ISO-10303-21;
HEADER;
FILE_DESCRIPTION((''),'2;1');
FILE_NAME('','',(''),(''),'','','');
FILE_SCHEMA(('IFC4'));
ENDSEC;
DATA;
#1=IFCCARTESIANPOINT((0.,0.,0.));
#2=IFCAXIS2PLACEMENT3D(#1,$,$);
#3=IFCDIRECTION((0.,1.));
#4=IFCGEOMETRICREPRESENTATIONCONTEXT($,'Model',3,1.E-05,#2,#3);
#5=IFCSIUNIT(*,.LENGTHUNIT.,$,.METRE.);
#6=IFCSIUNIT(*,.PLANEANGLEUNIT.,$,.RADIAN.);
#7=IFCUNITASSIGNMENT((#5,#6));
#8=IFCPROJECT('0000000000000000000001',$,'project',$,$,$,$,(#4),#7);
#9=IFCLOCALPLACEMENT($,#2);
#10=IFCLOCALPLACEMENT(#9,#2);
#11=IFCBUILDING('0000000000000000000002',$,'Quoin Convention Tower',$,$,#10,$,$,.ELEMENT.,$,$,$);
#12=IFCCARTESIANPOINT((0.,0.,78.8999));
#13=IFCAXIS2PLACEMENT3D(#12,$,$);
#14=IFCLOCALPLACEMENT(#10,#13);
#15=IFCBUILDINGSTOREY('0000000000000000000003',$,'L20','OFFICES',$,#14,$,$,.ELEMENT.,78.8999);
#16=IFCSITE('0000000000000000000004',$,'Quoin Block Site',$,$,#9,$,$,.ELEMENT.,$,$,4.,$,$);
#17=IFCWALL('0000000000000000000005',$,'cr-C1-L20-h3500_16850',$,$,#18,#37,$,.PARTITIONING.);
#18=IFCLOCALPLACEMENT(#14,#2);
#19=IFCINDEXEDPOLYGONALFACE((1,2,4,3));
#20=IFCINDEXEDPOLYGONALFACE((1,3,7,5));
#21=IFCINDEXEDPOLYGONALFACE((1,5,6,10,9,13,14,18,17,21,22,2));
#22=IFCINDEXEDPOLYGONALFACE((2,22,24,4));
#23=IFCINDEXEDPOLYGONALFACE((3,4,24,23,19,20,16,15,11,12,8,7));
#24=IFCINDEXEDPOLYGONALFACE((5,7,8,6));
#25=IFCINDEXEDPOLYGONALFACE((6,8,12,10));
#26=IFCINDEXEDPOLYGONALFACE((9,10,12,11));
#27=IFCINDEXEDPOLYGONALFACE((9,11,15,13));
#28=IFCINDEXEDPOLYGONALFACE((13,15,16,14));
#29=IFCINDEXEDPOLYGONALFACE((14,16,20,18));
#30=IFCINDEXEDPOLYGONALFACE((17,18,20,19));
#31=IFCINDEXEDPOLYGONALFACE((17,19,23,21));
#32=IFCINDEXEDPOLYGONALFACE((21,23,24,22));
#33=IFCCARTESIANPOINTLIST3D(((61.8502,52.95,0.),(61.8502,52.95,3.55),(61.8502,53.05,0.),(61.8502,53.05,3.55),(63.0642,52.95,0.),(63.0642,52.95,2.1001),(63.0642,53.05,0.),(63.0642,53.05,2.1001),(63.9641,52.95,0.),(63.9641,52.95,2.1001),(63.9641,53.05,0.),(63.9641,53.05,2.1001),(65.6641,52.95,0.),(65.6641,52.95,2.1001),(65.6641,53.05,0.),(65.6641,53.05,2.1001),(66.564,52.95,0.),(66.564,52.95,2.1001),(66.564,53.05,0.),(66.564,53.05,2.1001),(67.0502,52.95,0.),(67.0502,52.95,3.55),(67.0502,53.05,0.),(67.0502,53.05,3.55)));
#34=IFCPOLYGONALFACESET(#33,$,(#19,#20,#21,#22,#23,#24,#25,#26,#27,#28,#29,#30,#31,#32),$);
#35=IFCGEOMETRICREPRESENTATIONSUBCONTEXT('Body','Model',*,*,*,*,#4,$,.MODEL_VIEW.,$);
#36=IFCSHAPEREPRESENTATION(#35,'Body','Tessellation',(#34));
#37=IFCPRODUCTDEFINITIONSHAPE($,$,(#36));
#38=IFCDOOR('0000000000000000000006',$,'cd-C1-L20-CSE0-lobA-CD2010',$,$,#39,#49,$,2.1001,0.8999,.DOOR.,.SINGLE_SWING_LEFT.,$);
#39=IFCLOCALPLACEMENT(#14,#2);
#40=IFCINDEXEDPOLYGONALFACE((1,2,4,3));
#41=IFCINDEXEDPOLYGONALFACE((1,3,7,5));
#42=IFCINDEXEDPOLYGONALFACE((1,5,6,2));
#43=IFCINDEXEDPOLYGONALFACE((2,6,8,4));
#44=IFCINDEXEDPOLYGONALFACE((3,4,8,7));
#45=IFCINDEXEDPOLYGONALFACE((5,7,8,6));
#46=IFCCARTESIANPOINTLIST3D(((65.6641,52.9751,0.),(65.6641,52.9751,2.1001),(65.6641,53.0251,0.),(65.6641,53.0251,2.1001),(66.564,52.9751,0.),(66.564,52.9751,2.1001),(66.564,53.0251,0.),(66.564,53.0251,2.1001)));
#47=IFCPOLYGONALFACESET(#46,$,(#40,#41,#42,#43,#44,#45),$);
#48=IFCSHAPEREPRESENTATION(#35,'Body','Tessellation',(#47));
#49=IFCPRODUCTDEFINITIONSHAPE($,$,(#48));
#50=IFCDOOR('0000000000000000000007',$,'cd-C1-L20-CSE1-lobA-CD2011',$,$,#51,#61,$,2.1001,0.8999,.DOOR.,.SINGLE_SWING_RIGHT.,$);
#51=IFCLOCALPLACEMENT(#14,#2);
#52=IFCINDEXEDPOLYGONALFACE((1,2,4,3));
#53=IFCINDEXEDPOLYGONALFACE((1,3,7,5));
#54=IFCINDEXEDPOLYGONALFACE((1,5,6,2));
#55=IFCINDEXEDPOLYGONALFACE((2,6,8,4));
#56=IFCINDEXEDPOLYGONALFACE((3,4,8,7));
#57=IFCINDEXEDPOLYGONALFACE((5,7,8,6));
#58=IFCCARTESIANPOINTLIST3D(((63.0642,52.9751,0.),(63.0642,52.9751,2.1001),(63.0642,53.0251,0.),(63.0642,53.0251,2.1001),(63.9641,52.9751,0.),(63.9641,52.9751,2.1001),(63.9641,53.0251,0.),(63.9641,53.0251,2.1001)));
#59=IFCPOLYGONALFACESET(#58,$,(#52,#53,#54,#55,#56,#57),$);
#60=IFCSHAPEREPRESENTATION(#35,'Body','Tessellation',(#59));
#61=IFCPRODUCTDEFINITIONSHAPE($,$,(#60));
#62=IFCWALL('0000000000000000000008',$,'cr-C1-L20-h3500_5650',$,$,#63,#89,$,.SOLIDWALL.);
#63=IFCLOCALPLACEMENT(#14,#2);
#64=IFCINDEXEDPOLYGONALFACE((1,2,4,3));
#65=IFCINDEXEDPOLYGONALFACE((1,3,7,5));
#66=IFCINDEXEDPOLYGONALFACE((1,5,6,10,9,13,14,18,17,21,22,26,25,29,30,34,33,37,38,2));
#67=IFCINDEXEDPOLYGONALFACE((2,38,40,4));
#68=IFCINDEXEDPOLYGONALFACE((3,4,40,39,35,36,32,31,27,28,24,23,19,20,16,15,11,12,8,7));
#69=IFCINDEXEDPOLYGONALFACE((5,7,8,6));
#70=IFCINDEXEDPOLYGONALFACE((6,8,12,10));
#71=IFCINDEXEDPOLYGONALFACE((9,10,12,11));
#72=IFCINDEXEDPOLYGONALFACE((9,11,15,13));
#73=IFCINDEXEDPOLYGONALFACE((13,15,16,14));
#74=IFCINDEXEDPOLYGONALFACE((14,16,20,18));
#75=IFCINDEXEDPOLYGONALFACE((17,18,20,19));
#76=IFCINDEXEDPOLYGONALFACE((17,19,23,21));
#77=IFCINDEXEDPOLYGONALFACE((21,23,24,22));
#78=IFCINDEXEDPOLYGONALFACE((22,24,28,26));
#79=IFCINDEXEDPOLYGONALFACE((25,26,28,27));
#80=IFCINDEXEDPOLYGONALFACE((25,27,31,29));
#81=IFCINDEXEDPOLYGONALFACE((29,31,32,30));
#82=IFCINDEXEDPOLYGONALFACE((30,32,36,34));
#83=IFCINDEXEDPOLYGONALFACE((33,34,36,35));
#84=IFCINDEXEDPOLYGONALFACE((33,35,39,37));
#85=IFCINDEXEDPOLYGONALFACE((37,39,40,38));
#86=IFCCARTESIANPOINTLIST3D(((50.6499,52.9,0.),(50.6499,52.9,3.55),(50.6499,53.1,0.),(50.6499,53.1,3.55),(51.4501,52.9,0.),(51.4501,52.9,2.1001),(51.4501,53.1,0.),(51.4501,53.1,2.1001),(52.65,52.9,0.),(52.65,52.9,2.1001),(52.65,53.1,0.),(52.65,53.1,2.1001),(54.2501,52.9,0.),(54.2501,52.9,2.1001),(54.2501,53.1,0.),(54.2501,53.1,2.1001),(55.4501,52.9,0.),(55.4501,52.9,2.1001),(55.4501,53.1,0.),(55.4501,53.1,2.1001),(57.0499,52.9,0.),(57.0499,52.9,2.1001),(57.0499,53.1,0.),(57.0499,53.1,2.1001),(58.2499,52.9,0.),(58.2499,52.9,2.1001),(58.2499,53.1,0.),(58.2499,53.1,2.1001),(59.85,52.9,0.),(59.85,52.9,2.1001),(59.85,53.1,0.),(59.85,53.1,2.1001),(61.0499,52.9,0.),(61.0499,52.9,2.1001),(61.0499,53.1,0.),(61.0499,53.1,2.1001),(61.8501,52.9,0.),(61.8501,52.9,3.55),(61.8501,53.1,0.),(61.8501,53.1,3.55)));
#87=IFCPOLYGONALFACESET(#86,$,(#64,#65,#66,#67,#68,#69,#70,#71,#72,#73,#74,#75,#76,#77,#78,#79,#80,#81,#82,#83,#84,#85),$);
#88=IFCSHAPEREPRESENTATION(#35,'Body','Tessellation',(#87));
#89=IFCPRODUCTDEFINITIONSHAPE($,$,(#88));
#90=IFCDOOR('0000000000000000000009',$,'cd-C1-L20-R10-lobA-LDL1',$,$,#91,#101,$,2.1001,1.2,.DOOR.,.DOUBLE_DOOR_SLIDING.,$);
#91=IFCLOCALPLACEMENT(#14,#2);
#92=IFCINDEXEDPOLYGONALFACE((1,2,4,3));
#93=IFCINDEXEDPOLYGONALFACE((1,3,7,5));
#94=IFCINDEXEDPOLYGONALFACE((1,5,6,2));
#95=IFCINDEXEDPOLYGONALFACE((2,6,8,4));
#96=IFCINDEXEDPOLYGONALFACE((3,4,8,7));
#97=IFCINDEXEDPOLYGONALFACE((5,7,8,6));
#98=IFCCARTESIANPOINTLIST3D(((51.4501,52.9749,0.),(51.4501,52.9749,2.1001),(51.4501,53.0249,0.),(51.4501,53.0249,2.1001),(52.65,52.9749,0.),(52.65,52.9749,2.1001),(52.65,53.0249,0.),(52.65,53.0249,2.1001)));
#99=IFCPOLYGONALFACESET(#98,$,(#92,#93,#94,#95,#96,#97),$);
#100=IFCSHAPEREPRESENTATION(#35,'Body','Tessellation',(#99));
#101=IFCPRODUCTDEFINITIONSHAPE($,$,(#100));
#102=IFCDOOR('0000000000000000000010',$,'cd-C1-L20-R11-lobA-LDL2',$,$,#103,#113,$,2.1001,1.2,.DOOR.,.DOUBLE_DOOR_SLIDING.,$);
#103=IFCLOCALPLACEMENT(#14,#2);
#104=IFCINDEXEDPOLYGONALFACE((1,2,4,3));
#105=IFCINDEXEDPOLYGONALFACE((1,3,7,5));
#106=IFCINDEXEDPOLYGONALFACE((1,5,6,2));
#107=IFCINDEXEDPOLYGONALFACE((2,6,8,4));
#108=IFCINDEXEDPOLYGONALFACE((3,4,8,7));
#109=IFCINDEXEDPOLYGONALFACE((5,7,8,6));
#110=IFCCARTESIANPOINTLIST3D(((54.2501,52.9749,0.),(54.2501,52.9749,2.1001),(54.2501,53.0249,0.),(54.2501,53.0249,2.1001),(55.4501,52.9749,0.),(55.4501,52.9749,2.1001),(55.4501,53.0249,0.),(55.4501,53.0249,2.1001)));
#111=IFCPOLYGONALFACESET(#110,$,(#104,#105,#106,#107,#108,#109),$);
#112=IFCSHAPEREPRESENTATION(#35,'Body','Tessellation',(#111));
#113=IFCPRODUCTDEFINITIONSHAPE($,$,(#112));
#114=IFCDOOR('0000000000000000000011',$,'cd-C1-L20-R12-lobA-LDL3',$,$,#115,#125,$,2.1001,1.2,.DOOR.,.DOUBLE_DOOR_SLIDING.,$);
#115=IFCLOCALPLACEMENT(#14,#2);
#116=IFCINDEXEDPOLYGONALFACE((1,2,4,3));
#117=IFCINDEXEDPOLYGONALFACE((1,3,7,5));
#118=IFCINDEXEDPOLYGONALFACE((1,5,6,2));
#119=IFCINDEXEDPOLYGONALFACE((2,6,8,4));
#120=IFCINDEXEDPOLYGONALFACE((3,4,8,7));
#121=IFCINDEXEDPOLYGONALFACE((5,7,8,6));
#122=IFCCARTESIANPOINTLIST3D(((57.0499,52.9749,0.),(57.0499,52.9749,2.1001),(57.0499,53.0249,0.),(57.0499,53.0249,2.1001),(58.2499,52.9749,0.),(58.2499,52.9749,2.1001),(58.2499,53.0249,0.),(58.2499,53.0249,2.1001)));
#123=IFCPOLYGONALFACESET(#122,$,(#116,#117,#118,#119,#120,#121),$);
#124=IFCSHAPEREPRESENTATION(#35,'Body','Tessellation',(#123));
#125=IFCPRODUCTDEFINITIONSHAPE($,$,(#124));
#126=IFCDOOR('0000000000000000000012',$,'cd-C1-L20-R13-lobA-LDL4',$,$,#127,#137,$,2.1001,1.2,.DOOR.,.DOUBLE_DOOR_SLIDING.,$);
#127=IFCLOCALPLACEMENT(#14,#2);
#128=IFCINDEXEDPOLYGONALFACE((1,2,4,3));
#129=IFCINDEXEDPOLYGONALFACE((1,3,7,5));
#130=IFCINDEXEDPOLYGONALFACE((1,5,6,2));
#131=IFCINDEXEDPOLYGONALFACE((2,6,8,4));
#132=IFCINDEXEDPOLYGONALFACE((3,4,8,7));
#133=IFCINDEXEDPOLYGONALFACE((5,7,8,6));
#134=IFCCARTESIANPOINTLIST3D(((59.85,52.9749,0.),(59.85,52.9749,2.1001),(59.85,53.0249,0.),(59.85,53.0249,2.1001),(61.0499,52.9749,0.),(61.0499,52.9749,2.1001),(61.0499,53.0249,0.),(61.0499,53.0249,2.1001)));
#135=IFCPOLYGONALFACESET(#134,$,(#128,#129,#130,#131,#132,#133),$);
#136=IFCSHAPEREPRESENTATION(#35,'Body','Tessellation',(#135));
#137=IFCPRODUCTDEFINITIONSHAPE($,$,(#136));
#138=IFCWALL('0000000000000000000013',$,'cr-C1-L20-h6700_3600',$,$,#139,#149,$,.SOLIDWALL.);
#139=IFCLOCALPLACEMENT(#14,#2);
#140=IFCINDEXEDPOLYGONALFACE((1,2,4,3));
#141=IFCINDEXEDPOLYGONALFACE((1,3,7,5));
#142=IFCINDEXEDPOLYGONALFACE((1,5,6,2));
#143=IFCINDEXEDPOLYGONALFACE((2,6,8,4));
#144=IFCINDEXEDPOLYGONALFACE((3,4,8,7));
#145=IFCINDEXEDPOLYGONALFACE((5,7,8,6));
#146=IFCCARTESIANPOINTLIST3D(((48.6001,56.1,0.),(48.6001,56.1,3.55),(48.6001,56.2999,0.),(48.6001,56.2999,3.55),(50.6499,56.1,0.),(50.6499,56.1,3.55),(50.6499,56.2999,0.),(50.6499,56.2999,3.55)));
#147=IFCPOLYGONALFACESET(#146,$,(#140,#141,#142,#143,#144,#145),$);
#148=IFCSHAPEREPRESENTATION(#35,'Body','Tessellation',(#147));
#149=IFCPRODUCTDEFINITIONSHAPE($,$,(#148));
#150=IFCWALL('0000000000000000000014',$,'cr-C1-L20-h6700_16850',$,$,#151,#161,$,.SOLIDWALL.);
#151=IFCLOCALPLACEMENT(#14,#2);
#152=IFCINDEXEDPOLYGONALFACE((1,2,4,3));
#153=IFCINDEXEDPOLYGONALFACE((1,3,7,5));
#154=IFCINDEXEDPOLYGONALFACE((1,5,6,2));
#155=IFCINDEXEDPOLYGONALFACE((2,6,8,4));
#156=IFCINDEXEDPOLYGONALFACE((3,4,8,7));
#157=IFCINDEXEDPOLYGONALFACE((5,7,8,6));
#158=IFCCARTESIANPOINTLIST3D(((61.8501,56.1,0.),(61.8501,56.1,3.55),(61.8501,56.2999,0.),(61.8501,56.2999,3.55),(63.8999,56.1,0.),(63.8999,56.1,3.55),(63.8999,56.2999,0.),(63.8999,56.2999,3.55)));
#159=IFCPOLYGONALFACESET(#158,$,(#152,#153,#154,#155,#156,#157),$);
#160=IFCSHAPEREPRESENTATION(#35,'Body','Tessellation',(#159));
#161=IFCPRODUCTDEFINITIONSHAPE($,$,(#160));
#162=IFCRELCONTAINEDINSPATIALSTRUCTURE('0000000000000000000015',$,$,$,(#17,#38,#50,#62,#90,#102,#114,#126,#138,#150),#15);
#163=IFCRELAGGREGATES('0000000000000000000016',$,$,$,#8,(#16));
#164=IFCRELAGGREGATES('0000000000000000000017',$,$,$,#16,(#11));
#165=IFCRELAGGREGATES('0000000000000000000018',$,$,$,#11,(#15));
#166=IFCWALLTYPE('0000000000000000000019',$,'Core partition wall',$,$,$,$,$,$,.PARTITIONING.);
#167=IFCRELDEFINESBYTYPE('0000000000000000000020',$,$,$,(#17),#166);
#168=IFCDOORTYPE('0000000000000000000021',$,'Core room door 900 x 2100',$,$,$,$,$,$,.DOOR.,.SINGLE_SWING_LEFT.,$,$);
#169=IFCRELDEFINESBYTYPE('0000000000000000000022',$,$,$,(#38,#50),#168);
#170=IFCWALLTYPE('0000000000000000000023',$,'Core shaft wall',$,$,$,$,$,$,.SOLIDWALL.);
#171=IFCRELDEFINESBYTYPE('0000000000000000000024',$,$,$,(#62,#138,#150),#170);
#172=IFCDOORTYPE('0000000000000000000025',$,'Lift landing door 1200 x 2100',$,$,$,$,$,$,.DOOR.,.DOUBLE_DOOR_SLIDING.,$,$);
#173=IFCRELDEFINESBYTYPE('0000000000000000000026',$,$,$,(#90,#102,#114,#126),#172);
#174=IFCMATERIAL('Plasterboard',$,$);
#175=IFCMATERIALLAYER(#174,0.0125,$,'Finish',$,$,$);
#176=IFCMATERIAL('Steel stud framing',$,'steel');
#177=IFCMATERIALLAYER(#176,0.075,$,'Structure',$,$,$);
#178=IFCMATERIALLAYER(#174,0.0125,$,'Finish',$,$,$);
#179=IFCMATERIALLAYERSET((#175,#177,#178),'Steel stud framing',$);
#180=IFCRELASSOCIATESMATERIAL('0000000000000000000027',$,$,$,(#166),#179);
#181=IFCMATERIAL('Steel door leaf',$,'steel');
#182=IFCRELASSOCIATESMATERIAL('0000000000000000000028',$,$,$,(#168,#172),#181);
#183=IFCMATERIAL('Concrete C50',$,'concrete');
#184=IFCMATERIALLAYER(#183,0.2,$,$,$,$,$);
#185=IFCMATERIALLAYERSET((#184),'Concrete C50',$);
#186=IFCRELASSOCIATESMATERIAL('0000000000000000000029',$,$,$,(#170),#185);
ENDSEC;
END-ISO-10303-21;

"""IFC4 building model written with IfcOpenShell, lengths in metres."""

from ifc_helpers import new_model, si_unit, direction, frame, frame_2d, origin, place, context, subcontext, project, spatial, rectangle, extrude, material, layer, layer_set, type_object, element, fill, save


model = new_model("IFC4")

# Units and contexts
model_context = context("Model", 3, precision=1e-05, world=origin(), true_north=direction((0.0, 1.0)))
body_context = subcontext(model_context, "Body", "Model", "MODEL_VIEW")
ifc_project = project(units=[si_unit("LENGTHUNIT", "METRE"), si_unit("PLANEANGLEUNIT", "RADIAN")], contexts=[model_context])

# Site, building, storey
site_placement = place(None, origin())
site = spatial("IfcSite", under=ifc_project, at=site_placement, Name="Quoin Block Site", CompositionType="ELEMENT", RefElevation=4.0)
building_placement = place(site_placement, origin())
building = spatial("IfcBuilding", under=site, at=building_placement, Name="Quoin Convention Tower", CompositionType="ELEMENT")
storey_placement = place(building_placement, frame((0.0, 0.0, 78.8999)))
storey = spatial("IfcBuildingStorey", under=building, at=storey_placement, Name="L20", Description="OFFICES", CompositionType="ELEMENT", Elevation=78.8999)

# Walls, openings, doors
ifc_material_1 = material(Name="Plasterboard")
ifc_layer_1 = layer(ifc_material_1, 0.0125, Name="Finish")
ifc_material_2 = material(Name="Steel stud framing", Category="steel")
ifc_layer_2 = layer(ifc_material_2, 0.075, Name="Structure")
ifc_layer_3 = layer(ifc_material_1, 0.0125, Name="Finish")
ifc_layer_set_1 = layer_set([ifc_layer_1, ifc_layer_2, ifc_layer_3], Name="Steel stud framing")
wall_type_1 = type_object("IfcWallType", Name="Core partition wall", PredefinedType="PARTITIONING", material=ifc_layer_set_1)
wall_1_placement = place(storey_placement, frame((61.8501, 53.0, 0.0), z_axis=(0.0, 0.0, 1.0), x_axis=(1.0, 0.0, 0.0)))
wall_1 = element("IfcWall", 1, at=wall_1_placement, inside=storey, type_object=wall_type_1, Name="cr-C1-L20-h3500_16850", PredefinedType="PARTITIONING", context=body_context, shape_type="SweptSolid", body=[
    extrude(rectangle(XDim=5.2, YDim=0.1001, at=frame_2d((2.6001, 0.0))), origin(), (0.0, 0.0, 1.0), 3.55),
])
opening_1_placement = place(wall_1_placement, frame((3.814, 0.0, 0.0)))
opening_1 = element("IfcOpeningElement", 2, at=opening_1_placement, cuts=wall_1, PredefinedType="OPENING", context=body_context, shape_type="SweptSolid", body=[
    extrude(rectangle(XDim=0.8999, YDim=2.1001, at=frame_2d((0.45, 1.05))), frame((0.0, 0.0601, 0.0), z_axis=(0.0, -1.0, 0.0), x_axis=(1.0, 0.0, 0.0)), (0.0, 0.0, 1.0), 0.1201),
])
opening_2_placement = place(wall_1_placement, frame((1.2141, 0.0, 0.0)))
opening_2 = element("IfcOpeningElement", 3, at=opening_2_placement, cuts=wall_1, PredefinedType="OPENING", context=body_context, shape_type="SweptSolid", body=[
    extrude(rectangle(XDim=0.8999, YDim=2.1001, at=frame_2d((0.45, 1.05))), frame((0.0, 0.0601, 0.0), z_axis=(0.0, -1.0, 0.0), x_axis=(1.0, 0.0, 0.0)), (0.0, 0.0, 1.0), 0.1201),
])
ifc_material_3 = material(Name="Steel door leaf", Category="steel")
door_type_1 = type_object("IfcDoorType", Name="Core room door 900 x 2100", OperationType="SINGLE_SWING_LEFT", PredefinedType="DOOR", material=ifc_material_3)
door_1_placement = place(opening_1_placement, frame((0.8999, 0.0, 0.0), z_axis=(0.0, 0.0, 1.0), x_axis=(-1.0, 0.0, 0.0)))
door_1 = element("IfcDoor", 4, at=door_1_placement, inside=storey, type_object=door_type_1, Name="cd-C1-L20-CSE0-lobA-CD2010", OperationType="SINGLE_SWING_LEFT", OverallHeight=2.1001, OverallWidth=0.8999, PredefinedType="DOOR", context=body_context, shape_type="SweptSolid", body=[
    extrude(rectangle(XDim=0.8999, YDim=2.1001, at=frame_2d((0.45, 1.05))), frame((0.0, 0.0249, 0.0), z_axis=(0.0, -1.0, 0.0), x_axis=(1.0, 0.0, 0.0)), (0.0, 0.0, 1.0), 0.05),
])
fill(opening_1, door_1)
door_2_placement = place(opening_2_placement, frame((0.8999, 0.0, 0.0), z_axis=(0.0, 0.0, 1.0), x_axis=(-1.0, 0.0, 0.0)))
door_2 = element("IfcDoor", 5, at=door_2_placement, inside=storey, type_object=door_type_1, Name="cd-C1-L20-CSE1-lobA-CD2011", OperationType="SINGLE_SWING_RIGHT", OverallHeight=2.1001, OverallWidth=0.8999, PredefinedType="DOOR", context=body_context, shape_type="SweptSolid", body=[
    extrude(rectangle(XDim=0.8999, YDim=2.1001, at=frame_2d((0.45, 1.05))), frame((0.0, 0.0249, 0.0), z_axis=(0.0, -1.0, 0.0), x_axis=(1.0, 0.0, 0.0)), (0.0, 0.0, 1.0), 0.05),
])
fill(opening_2, door_2)
ifc_material_4 = material(Name="Concrete C50", Category="concrete")
ifc_layer_4 = layer(ifc_material_4, 0.2)
ifc_layer_set_2 = layer_set([ifc_layer_4], Name="Concrete C50")
wall_type_2 = type_object("IfcWallType", Name="Core shaft wall", PredefinedType="SOLIDWALL", material=ifc_layer_set_2)
wall_2_placement = place(storey_placement, frame((50.6499, 53.0, 0.0), z_axis=(0.0, 0.0, 1.0), x_axis=(1.0, 0.0, 0.0)))
wall_2 = element("IfcWall", 6, at=wall_2_placement, inside=storey, type_object=wall_type_2, Name="cr-C1-L20-h3500_5650", PredefinedType="SOLIDWALL", context=body_context, shape_type="SweptSolid", body=[
    extrude(rectangle(XDim=11.2002, YDim=0.2, at=frame_2d((5.6001, 0.0))), origin(), (0.0, 0.0, 1.0), 3.55),
])
opening_3_placement = place(wall_2_placement, frame((0.8, 0.0, 0.0)))
opening_3 = element("IfcOpeningElement", 7, at=opening_3_placement, cuts=wall_2, PredefinedType="OPENING", context=body_context, shape_type="SweptSolid", body=[
    extrude(rectangle(XDim=1.2, YDim=2.1001, at=frame_2d((0.6001, 1.05))), frame((0.0, 0.1099, 0.0), z_axis=(0.0, -1.0, 0.0), x_axis=(1.0, 0.0, 0.0)), (0.0, 0.0, 1.0), 0.22),
])
opening_4_placement = place(wall_2_placement, frame((3.6001, 0.0, 0.0)))
opening_4 = element("IfcOpeningElement", 8, at=opening_4_placement, cuts=wall_2, PredefinedType="OPENING", context=body_context, shape_type="SweptSolid", body=[
    extrude(rectangle(XDim=1.2, YDim=2.1001, at=frame_2d((0.6001, 1.05))), frame((0.0, 0.1099, 0.0), z_axis=(0.0, -1.0, 0.0), x_axis=(1.0, 0.0, 0.0)), (0.0, 0.0, 1.0), 0.22),
])
opening_5_placement = place(wall_2_placement, frame((6.3999, 0.0, 0.0)))
opening_5 = element("IfcOpeningElement", 9, at=opening_5_placement, cuts=wall_2, PredefinedType="OPENING", context=body_context, shape_type="SweptSolid", body=[
    extrude(rectangle(XDim=1.2, YDim=2.1001, at=frame_2d((0.6001, 1.05))), frame((0.0, 0.1099, 0.0), z_axis=(0.0, -1.0, 0.0), x_axis=(1.0, 0.0, 0.0)), (0.0, 0.0, 1.0), 0.22),
])
opening_6_placement = place(wall_2_placement, frame((9.2, 0.0, 0.0)))
opening_6 = element("IfcOpeningElement", 10, at=opening_6_placement, cuts=wall_2, PredefinedType="OPENING", context=body_context, shape_type="SweptSolid", body=[
    extrude(rectangle(XDim=1.2, YDim=2.1001, at=frame_2d((0.6001, 1.05))), frame((0.0, 0.1099, 0.0), z_axis=(0.0, -1.0, 0.0), x_axis=(1.0, 0.0, 0.0)), (0.0, 0.0, 1.0), 0.22),
])
door_type_2 = type_object("IfcDoorType", Name="Lift landing door 1200 x 2100", OperationType="DOUBLE_DOOR_SLIDING", PredefinedType="DOOR", material=ifc_material_3)
door_3_placement = place(opening_3_placement, origin())
door_3 = element("IfcDoor", 11, at=door_3_placement, inside=storey, type_object=door_type_2, Name="cd-C1-L20-R10-lobA-LDL1", OperationType="DOUBLE_DOOR_SLIDING", OverallHeight=2.1001, OverallWidth=1.2, PredefinedType="DOOR", context=body_context, shape_type="SweptSolid", body=[
    extrude(rectangle(XDim=1.2, YDim=2.1001, at=frame_2d((0.6001, 1.05))), frame((0.0, 0.0249, 0.0), z_axis=(0.0, -1.0, 0.0), x_axis=(1.0, 0.0, 0.0)), (0.0, 0.0, 1.0), 0.05),
])
fill(opening_3, door_3)
door_4_placement = place(opening_4_placement, origin())
door_4 = element("IfcDoor", 12, at=door_4_placement, inside=storey, type_object=door_type_2, Name="cd-C1-L20-R11-lobA-LDL2", OperationType="DOUBLE_DOOR_SLIDING", OverallHeight=2.1001, OverallWidth=1.2, PredefinedType="DOOR", context=body_context, shape_type="SweptSolid", body=[
    extrude(rectangle(XDim=1.2, YDim=2.1001, at=frame_2d((0.6001, 1.05))), frame((0.0, 0.0249, 0.0), z_axis=(0.0, -1.0, 0.0), x_axis=(1.0, 0.0, 0.0)), (0.0, 0.0, 1.0), 0.05),
])
fill(opening_4, door_4)
door_5_placement = place(opening_5_placement, origin())
door_5 = element("IfcDoor", 13, at=door_5_placement, inside=storey, type_object=door_type_2, Name="cd-C1-L20-R12-lobA-LDL3", OperationType="DOUBLE_DOOR_SLIDING", OverallHeight=2.1001, OverallWidth=1.2, PredefinedType="DOOR", context=body_context, shape_type="SweptSolid", body=[
    extrude(rectangle(XDim=1.2, YDim=2.1001, at=frame_2d((0.6001, 1.05))), frame((0.0, 0.0249, 0.0), z_axis=(0.0, -1.0, 0.0), x_axis=(1.0, 0.0, 0.0)), (0.0, 0.0, 1.0), 0.05),
])
fill(opening_5, door_5)
door_6_placement = place(opening_6_placement, origin())
door_6 = element("IfcDoor", 14, at=door_6_placement, inside=storey, type_object=door_type_2, Name="cd-C1-L20-R13-lobA-LDL4", OperationType="DOUBLE_DOOR_SLIDING", OverallHeight=2.1001, OverallWidth=1.2, PredefinedType="DOOR", context=body_context, shape_type="SweptSolid", body=[
    extrude(rectangle(XDim=1.2, YDim=2.1001, at=frame_2d((0.6001, 1.05))), frame((0.0, 0.0249, 0.0), z_axis=(0.0, -1.0, 0.0), x_axis=(1.0, 0.0, 0.0)), (0.0, 0.0, 1.0), 0.05),
])
fill(opening_6, door_6)

# Walls
for number, where, z_axis, x_axis, name in (
    (15, (48.6001, 56.2, 0.0), (0.0, 0.0, 1.0), (1.0, 0.0, 0.0), "cr-C1-L20-h6700_3600"),
    (16, (61.8501, 56.2, 0.0), (0.0, 0.0, 1.0), (1.0, 0.0, 0.0), "cr-C1-L20-h6700_16850"),
):
    element("IfcWall", number, at=place(storey_placement, frame(where, z_axis=z_axis, x_axis=x_axis)), inside=storey, type_object=wall_type_2, Name=name, PredefinedType="SOLIDWALL", context=body_context, shape_type="SweptSolid", body=[
        extrude(rectangle(XDim=2.0498, YDim=0.2, at=frame_2d((1.0249, 0.0))), origin(), (0.0, 0.0, 1.0), 3.55),
    ])

save(model, "model.ifc")
